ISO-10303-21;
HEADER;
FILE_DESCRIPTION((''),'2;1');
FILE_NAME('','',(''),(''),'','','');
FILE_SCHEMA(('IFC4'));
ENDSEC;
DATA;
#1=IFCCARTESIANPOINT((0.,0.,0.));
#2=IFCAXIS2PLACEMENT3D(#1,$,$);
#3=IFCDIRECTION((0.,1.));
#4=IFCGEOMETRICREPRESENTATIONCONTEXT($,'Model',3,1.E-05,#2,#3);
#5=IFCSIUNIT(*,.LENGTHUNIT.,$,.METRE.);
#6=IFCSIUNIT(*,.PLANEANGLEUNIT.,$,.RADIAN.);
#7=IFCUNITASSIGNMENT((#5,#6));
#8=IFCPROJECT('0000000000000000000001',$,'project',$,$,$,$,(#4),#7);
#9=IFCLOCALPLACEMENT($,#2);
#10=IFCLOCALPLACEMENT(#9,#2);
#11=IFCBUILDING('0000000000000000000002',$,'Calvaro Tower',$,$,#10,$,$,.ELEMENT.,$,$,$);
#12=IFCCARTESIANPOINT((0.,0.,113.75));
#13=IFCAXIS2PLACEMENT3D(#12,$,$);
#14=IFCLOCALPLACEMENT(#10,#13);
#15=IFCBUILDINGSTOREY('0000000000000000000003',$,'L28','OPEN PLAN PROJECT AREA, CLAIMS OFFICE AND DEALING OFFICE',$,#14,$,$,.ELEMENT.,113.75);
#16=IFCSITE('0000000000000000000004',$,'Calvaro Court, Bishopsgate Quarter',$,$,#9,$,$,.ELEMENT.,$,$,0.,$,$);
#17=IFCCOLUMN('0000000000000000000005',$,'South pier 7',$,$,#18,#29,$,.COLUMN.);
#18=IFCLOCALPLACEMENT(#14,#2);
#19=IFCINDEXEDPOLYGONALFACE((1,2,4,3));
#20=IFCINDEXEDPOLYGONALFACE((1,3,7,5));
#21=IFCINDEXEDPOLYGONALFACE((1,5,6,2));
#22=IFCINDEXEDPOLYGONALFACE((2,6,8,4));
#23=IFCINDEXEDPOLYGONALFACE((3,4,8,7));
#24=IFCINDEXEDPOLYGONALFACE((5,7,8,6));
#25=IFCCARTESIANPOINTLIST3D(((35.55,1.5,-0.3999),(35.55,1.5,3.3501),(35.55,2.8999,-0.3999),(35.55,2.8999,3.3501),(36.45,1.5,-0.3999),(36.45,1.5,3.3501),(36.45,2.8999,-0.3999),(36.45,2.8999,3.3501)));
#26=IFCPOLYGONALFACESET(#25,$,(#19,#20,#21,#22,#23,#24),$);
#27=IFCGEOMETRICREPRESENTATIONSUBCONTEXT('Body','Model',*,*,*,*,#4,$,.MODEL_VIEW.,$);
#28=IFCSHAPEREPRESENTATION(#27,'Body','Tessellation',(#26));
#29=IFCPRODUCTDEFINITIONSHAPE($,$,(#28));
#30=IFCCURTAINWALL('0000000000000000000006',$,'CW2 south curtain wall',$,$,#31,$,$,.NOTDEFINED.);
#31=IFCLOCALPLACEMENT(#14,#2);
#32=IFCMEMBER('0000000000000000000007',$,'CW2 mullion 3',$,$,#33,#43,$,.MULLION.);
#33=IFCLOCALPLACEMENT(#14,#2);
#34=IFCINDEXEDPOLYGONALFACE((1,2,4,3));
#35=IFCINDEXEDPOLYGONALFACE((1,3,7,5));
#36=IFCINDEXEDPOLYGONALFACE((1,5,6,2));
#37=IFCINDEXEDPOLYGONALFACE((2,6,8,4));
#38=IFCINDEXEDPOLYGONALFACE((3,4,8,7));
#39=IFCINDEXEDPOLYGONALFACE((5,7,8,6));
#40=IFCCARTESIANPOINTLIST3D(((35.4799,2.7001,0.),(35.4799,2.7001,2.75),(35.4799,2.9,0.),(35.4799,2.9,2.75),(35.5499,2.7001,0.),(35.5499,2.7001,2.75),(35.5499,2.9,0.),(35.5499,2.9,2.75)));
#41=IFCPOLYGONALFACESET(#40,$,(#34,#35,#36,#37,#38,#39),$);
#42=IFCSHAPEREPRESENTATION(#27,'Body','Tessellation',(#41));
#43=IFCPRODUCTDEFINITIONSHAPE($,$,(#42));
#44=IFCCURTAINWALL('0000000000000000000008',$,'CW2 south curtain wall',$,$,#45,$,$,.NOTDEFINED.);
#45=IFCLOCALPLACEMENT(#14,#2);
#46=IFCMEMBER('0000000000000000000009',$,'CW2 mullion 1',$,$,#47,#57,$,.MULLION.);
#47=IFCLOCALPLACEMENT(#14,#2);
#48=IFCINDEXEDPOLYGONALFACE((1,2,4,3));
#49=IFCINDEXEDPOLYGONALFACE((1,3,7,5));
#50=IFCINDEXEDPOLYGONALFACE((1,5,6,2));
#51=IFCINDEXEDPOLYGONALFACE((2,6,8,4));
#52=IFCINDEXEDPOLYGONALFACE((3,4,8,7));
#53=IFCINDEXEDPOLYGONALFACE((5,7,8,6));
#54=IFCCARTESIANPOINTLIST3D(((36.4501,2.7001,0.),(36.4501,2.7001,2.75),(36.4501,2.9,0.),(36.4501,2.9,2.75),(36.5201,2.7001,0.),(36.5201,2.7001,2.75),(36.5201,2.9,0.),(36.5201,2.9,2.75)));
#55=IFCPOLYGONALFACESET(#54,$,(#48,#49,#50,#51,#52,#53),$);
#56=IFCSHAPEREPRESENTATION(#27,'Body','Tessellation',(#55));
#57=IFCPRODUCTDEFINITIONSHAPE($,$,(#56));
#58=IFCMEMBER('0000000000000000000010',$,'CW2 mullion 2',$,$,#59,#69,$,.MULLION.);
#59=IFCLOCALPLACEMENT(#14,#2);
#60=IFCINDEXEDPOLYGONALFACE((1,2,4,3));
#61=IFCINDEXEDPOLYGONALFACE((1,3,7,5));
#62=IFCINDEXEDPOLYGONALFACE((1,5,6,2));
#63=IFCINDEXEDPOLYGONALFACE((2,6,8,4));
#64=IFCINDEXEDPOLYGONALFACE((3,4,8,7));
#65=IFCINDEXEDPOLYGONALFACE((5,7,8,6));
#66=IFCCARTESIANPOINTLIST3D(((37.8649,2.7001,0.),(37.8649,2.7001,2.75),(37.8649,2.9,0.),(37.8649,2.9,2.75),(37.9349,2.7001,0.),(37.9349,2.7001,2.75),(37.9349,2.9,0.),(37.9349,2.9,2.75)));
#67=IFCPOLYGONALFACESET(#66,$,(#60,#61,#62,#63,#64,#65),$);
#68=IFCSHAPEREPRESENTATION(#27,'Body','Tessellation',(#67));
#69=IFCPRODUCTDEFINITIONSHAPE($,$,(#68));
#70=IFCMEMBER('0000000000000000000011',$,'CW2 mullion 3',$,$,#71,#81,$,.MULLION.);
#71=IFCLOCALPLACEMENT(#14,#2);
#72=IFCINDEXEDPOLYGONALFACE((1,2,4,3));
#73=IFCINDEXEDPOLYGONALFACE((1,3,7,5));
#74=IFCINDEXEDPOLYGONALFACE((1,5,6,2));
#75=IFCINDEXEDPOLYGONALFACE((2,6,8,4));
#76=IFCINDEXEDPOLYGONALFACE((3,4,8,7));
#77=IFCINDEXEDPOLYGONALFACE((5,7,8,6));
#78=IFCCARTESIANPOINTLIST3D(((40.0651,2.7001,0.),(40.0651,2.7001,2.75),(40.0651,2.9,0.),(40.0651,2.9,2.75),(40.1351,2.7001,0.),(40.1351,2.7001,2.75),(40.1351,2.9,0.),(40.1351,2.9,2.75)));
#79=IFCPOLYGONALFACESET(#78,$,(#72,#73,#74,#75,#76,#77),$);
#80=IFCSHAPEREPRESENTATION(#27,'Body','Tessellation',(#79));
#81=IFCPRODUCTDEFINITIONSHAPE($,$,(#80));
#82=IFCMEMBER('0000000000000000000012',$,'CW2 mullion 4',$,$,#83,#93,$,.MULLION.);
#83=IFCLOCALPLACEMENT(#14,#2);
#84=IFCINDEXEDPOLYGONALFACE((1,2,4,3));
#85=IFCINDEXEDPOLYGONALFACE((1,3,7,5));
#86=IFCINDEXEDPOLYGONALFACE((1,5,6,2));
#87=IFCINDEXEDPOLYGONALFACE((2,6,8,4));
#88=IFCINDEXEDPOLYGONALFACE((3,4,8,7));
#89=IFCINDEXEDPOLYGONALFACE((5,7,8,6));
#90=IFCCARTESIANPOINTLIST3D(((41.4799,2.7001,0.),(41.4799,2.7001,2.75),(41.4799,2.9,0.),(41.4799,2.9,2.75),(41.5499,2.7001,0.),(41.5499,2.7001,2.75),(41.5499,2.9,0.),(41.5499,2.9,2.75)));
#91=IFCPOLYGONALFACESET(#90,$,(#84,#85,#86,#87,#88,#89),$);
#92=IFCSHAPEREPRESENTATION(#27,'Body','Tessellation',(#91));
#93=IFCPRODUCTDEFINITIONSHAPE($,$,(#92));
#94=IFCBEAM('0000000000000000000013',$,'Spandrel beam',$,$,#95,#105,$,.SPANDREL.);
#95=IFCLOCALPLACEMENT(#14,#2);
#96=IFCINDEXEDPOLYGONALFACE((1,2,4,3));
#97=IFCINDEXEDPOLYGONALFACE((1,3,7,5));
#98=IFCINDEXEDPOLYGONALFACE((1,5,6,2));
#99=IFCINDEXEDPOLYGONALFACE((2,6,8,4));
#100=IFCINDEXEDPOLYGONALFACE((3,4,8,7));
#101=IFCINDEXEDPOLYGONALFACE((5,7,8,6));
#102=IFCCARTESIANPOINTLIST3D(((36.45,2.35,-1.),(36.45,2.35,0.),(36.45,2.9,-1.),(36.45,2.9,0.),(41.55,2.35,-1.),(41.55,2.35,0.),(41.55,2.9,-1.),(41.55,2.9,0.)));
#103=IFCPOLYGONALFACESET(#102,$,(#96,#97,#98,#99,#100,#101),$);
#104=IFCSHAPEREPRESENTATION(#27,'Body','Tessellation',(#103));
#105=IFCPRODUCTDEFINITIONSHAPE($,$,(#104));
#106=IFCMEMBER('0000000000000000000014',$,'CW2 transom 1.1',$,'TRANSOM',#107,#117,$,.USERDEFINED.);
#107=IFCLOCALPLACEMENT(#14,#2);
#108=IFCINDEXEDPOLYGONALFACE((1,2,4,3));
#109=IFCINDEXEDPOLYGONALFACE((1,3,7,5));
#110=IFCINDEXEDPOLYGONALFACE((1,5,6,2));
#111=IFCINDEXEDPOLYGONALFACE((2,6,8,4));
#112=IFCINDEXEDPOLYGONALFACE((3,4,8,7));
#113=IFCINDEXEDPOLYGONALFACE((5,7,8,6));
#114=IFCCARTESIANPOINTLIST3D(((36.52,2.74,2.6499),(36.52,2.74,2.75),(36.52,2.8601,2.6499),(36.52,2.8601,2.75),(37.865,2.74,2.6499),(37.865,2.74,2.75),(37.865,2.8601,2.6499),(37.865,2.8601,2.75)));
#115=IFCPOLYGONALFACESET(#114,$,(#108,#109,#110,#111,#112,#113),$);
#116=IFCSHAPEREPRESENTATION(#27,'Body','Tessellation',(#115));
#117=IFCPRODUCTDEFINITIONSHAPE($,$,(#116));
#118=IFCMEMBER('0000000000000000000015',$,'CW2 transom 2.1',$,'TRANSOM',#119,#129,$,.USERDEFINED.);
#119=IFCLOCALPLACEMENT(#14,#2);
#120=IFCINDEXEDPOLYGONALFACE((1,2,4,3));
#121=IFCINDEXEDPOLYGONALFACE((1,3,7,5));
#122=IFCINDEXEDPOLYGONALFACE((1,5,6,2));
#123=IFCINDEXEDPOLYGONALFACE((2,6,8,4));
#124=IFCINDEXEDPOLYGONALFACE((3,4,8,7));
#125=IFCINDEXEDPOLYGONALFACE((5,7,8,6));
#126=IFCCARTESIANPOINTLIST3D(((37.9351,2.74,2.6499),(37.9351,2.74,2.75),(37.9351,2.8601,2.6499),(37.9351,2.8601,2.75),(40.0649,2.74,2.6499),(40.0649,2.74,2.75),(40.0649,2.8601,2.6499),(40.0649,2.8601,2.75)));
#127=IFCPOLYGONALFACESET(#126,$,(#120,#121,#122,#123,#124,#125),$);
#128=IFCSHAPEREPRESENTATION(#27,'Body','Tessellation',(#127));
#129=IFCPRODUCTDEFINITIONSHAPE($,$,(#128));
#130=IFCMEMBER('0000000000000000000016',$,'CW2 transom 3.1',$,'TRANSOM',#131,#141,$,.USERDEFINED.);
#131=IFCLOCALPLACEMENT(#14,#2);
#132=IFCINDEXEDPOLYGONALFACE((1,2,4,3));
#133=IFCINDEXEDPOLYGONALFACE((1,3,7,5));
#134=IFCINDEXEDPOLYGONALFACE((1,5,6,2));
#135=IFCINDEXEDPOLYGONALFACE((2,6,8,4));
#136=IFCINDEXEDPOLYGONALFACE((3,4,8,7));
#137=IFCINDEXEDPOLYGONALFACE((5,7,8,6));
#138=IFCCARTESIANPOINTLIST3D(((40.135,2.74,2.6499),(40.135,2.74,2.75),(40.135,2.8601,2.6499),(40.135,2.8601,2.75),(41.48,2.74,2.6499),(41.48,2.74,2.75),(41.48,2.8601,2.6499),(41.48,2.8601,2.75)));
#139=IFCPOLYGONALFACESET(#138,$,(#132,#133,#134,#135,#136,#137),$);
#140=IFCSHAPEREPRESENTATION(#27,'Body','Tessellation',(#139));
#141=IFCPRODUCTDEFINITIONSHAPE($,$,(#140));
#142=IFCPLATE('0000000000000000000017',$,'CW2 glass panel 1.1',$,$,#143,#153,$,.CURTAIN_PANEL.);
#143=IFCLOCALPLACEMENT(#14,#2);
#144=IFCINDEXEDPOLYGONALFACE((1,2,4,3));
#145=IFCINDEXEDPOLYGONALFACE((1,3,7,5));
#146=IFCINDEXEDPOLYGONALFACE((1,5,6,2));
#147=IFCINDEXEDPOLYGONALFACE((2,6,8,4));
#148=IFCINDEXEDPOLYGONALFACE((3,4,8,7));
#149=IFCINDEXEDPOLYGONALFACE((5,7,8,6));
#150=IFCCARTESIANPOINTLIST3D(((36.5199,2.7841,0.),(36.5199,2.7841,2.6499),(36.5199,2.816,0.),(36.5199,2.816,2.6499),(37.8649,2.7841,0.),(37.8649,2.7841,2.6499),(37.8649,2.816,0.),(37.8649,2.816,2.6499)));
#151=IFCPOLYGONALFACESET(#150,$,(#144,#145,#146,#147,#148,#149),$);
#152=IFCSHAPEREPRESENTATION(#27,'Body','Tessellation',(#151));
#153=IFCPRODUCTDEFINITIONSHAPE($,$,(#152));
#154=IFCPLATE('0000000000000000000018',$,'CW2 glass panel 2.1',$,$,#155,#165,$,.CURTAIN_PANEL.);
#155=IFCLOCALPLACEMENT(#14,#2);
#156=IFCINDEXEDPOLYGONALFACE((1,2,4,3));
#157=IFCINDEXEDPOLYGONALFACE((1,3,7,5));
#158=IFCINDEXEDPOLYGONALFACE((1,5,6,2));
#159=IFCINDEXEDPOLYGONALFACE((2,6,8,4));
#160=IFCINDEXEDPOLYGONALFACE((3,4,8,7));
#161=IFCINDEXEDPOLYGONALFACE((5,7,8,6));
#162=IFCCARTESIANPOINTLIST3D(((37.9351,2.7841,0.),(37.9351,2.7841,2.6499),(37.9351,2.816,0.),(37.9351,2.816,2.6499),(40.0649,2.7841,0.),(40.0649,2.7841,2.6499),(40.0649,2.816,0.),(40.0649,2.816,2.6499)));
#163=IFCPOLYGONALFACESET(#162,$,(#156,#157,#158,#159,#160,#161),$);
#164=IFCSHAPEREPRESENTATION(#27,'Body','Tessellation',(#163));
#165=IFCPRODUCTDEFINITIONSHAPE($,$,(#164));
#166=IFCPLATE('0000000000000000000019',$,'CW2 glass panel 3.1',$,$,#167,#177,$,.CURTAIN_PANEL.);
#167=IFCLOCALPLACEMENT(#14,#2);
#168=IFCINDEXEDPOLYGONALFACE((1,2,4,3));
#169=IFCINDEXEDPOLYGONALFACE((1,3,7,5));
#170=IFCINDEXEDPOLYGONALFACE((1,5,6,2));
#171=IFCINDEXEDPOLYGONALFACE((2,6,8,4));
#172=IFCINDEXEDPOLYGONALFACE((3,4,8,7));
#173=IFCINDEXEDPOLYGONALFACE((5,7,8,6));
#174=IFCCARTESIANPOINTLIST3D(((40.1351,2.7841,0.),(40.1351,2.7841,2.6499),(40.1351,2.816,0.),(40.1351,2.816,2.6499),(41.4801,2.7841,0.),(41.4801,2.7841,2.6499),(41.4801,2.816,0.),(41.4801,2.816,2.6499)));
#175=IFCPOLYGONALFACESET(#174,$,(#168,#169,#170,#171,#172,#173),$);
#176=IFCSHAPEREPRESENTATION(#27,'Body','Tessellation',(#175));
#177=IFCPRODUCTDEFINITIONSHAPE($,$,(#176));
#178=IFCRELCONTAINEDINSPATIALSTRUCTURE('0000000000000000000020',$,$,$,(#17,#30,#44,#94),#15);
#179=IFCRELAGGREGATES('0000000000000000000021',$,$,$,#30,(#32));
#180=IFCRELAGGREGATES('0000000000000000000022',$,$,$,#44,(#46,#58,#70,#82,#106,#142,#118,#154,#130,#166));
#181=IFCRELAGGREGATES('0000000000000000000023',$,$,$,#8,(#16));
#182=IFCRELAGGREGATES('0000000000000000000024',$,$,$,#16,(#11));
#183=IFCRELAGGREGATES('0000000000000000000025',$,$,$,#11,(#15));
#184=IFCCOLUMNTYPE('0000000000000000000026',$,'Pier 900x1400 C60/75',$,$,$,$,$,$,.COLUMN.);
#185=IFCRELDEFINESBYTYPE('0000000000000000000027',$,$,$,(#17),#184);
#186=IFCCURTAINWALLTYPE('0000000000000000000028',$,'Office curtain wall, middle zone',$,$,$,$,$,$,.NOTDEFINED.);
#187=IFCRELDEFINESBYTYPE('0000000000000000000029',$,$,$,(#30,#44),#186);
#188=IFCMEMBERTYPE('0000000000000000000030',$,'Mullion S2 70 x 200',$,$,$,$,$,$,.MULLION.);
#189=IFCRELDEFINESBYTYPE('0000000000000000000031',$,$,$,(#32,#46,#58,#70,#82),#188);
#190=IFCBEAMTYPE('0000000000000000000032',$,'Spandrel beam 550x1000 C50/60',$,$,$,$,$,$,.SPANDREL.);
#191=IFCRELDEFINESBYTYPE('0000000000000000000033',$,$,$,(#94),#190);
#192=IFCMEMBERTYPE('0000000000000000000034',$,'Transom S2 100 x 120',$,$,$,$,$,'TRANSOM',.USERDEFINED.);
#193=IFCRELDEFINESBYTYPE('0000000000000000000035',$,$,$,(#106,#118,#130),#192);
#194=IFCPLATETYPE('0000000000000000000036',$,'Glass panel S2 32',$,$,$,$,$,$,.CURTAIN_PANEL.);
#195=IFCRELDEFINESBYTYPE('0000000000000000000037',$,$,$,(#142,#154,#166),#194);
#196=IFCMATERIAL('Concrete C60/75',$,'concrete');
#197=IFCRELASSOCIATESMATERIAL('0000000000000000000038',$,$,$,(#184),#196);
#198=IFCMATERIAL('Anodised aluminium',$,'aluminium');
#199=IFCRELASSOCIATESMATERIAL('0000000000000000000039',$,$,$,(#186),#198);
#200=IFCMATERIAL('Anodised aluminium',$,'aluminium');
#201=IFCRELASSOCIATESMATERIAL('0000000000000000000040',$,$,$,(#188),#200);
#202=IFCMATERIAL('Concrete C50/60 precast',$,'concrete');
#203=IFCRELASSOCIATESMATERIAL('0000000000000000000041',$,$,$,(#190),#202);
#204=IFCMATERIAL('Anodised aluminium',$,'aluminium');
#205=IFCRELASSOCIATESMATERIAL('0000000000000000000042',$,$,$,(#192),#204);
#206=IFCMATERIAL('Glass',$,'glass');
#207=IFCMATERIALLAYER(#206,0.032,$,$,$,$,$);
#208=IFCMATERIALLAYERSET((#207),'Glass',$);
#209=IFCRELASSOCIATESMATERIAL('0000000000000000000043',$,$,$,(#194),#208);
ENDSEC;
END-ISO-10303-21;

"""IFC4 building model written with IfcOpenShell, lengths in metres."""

from ifc_helpers import new_model, si_unit, direction, frame, origin, origin_2d, place, context, subcontext, project, spatial, rectangle, extrude, material, layer, layer_set, material_profile, profile_set, type_object, element, aggregate, save


model = new_model("IFC4")

# Units and contexts
model_context = context("Model", 3, precision=1e-05, world=origin(), true_north=direction((0.0, 1.0)))
body_context = subcontext(model_context, "Body", "Model", "MODEL_VIEW")
ifc_project = project(units=[si_unit("LENGTHUNIT", "METRE"), si_unit("PLANEANGLEUNIT", "RADIAN")], contexts=[model_context])

# Site, building, storey
site_placement = place(None, origin())
site = spatial("IfcSite", under=ifc_project, at=site_placement, Name="Calvaro Court, Bishopsgate Quarter", CompositionType="ELEMENT", RefElevation=0.0)
building_placement = place(site_placement, origin())
building = spatial("IfcBuilding", under=site, at=building_placement, Name="Calvaro Tower", CompositionType="ELEMENT")
storey_placement = place(building_placement, frame((0.0, 0.0, 113.75)))
storey = spatial("IfcBuildingStorey", under=building, at=storey_placement, Name="L28", Description="OPEN PLAN PROJECT AREA, CLAIMS OFFICE AND DEALING OFFICE", CompositionType="ELEMENT", Elevation=113.75)

# Column
ifc_material_1 = material(Name="Concrete C60/75", Category="concrete")
ifc_material_profile_1 = material_profile(ifc_material_1, rectangle(XDim=0.8999, YDim=1.3999, at=origin_2d()), Name="RC 900x1400")
ifc_profile_set_1 = profile_set([ifc_material_profile_1], Name="Concrete C60/75")
column_type = type_object("IfcColumnType", Name="Pier 900x1400 C60/75", PredefinedType="COLUMN", material=ifc_profile_set_1)
column_placement = place(storey_placement, frame((36.0, 2.2, -0.3999), z_axis=(0.0, 0.0, 1.0), x_axis=(1.0, 0.0, 0.0)))
element("IfcColumn", 1, at=column_placement, inside=storey, type_object=column_type, Name="South pier 7", PredefinedType="COLUMN", context=body_context, shape_type="SweptSolid", body=[
    extrude(rectangle(XDim=0.8999, YDim=1.3999, at=origin_2d()), origin(), (0.0, 0.0, 1.0), 3.75),
])

# Curtain wall, member
ifc_material_2 = material(Name="Anodised aluminium", Category="aluminium")
curtain_wall_type = type_object("IfcCurtainWallType", Name="Office curtain wall, middle zone", PredefinedType="NOTDEFINED", material=ifc_material_2)
curtain_wall_1_placement = place(storey_placement, origin())
curtain_wall_1 = element("IfcCurtainWall", 2, at=curtain_wall_1_placement, inside=storey, type_object=curtain_wall_type, Name="CW2 south curtain wall", PredefinedType="NOTDEFINED")
ifc_material_3 = material(Name="Anodised aluminium", Category="aluminium")
ifc_material_profile_2 = material_profile(ifc_material_3, rectangle(XDim=0.2, YDim=0.0701, at=origin_2d()), Name="Mullion S2 70 x 200")
ifc_profile_set_2 = profile_set([ifc_material_profile_2], Name="Anodised aluminium")
member_type_1 = type_object("IfcMemberType", Name="Mullion S2 70 x 200", PredefinedType="MULLION", material=ifc_profile_set_2)
member_1_placement = place(storey_placement, frame((35.5149, 2.8, 0.0), z_axis=(0.0, 0.0, 1.0), x_axis=(0.0, 1.0, 0.0)))
member_1 = element("IfcMember", 3, at=member_1_placement, type_object=member_type_1, Name="CW2 mullion 3", PredefinedType="MULLION", context=body_context, shape_type="SweptSolid", body=[
    extrude(rectangle(XDim=0.2, YDim=0.0701, at=origin_2d()), origin(), (0.0, 0.0, 1.0), 2.75),
])
aggregate(curtain_wall_1, [member_1])

# Curtain wall, members
curtain_wall_2_placement = place(storey_placement, origin())
curtain_wall_2 = element("IfcCurtainWall", 4, at=curtain_wall_2_placement, inside=storey, type_object=curtain_wall_type, Name="CW2 south curtain wall", PredefinedType="NOTDEFINED")
member_2_placement = place(storey_placement, frame((36.4851, 2.8, 0.0), z_axis=(0.0, 0.0, 1.0), x_axis=(0.0, 1.0, 0.0)))
member_2 = element("IfcMember", 5, at=member_2_placement, type_object=member_type_1, Name="CW2 mullion 1", PredefinedType="MULLION", context=body_context, shape_type="SweptSolid", body=[
    extrude(rectangle(XDim=0.2, YDim=0.0701, at=origin_2d()), origin(), (0.0, 0.0, 1.0), 2.75),
])
member_3_placement = place(storey_placement, frame((37.8999, 2.8, 0.0), z_axis=(0.0, 0.0, 1.0), x_axis=(0.0, 1.0, 0.0)))
member_3 = element("IfcMember", 6, at=member_3_placement, type_object=member_type_1, Name="CW2 mullion 2", PredefinedType="MULLION", context=body_context, shape_type="SweptSolid", body=[
    extrude(rectangle(XDim=0.2, YDim=0.0701, at=origin_2d()), origin(), (0.0, 0.0, 1.0), 2.75),
])
member_4_placement = place(storey_placement, frame((40.1001, 2.8, 0.0), z_axis=(0.0, 0.0, 1.0), x_axis=(0.0, 1.0, 0.0)))
member_4 = element("IfcMember", 7, at=member_4_placement, type_object=member_type_1, Name="CW2 mullion 3", PredefinedType="MULLION", context=body_context, shape_type="SweptSolid", body=[
    extrude(rectangle(XDim=0.2, YDim=0.0701, at=origin_2d()), origin(), (0.0, 0.0, 1.0), 2.75),
])
member_5_placement = place(storey_placement, frame((41.5149, 2.8, 0.0), z_axis=(0.0, 0.0, 1.0), x_axis=(0.0, 1.0, 0.0)))
member_5 = element("IfcMember", 8, at=member_5_placement, type_object=member_type_1, Name="CW2 mullion 4", PredefinedType="MULLION", context=body_context, shape_type="SweptSolid", body=[
    extrude(rectangle(XDim=0.2, YDim=0.0701, at=origin_2d()), origin(), (0.0, 0.0, 1.0), 2.75),
])

# Beam
ifc_material_4 = material(Name="Concrete C50/60 precast", Category="concrete")
ifc_material_profile_3 = material_profile(ifc_material_4, rectangle(XDim=0.55, YDim=1.0, at=origin_2d()), Name="RC 550x1000")
ifc_profile_set_3 = profile_set([ifc_material_profile_3], Name="Concrete C50/60 precast")
beam_type = type_object("IfcBeamType", Name="Spandrel beam 550x1000 C50/60", PredefinedType="SPANDREL", material=ifc_profile_set_3)
beam_placement = place(storey_placement, frame((36.45, 2.625, -0.5), z_axis=(1.0, 0.0, 0.0), x_axis=(0.0, 1.0, 0.0)))
element("IfcBeam", 9, at=beam_placement, inside=storey, type_object=beam_type, Name="Spandrel beam", PredefinedType="SPANDREL", context=body_context, shape_type="SweptSolid", body=[
    extrude(rectangle(XDim=0.55, YDim=1.0, at=origin_2d()), origin(), (0.0, 0.0, 1.0), 5.1001),
])

# Members
ifc_material_5 = material(Name="Anodised aluminium", Category="aluminium")
ifc_material_profile_4 = material_profile(ifc_material_5, rectangle(XDim=0.1201, YDim=0.1001, at=origin_2d()), Name="Transom S2 100 x 120")
ifc_profile_set_4 = profile_set([ifc_material_profile_4], Name="Anodised aluminium")
member_type_2 = type_object("IfcMemberType", Name="Transom S2 100 x 120", ElementType="TRANSOM", PredefinedType="USERDEFINED", material=ifc_profile_set_4)
member_6_placement = place(storey_placement, frame((36.52, 2.8, 2.7), z_axis=(1.0, 0.0, 0.0), x_axis=(0.0, 1.0, 0.0)))
member_6 = element("IfcMember", 10, at=member_6_placement, type_object=member_type_2, Name="CW2 transom 1.1", ObjectType="TRANSOM", PredefinedType="USERDEFINED", context=body_context, shape_type="SweptSolid", body=[
    extrude(rectangle(XDim=0.1201, YDim=0.1001, at=origin_2d()), origin(), (0.0, 0.0, 1.0), 1.345),
])
member_7_placement = place(storey_placement, frame((37.9351, 2.8, 2.7), z_axis=(1.0, 0.0, 0.0), x_axis=(0.0, 1.0, 0.0)))
member_7 = element("IfcMember", 11, at=member_7_placement, type_object=member_type_2, Name="CW2 transom 2.1", ObjectType="TRANSOM", PredefinedType="USERDEFINED", context=body_context, shape_type="SweptSolid", body=[
    extrude(rectangle(XDim=0.1201, YDim=0.1001, at=origin_2d()), origin(), (0.0, 0.0, 1.0), 2.1299),
])
member_8_placement = place(storey_placement, frame((40.135, 2.8, 2.7), z_axis=(1.0, 0.0, 0.0), x_axis=(0.0, 1.0, 0.0)))
member_8 = element("IfcMember", 12, at=member_8_placement, type_object=member_type_2, Name="CW2 transom 3.1", ObjectType="TRANSOM", PredefinedType="USERDEFINED", context=body_context, shape_type="SweptSolid", body=[
    extrude(rectangle(XDim=0.1201, YDim=0.1001, at=origin_2d()), origin(), (0.0, 0.0, 1.0), 1.345),
])

# Plates
ifc_material_6 = material(Name="Glass", Category="glass")
ifc_layer_1 = layer(ifc_material_6, 0.032)
ifc_layer_set_1 = layer_set([ifc_layer_1], Name="Glass")
plate_type = type_object("IfcPlateType", Name="Glass panel S2 32", PredefinedType="CURTAIN_PANEL", material=ifc_layer_set_1)
plate_1_placement = place(storey_placement, frame((37.1924, 2.8, 0.0), z_axis=(0.0, 0.0, 1.0), x_axis=(1.0, 0.0, 0.0)))
plate_1 = element("IfcPlate", 13, at=plate_1_placement, type_object=plate_type, Name="CW2 glass panel 1.1", PredefinedType="CURTAIN_PANEL", context=body_context, shape_type="SweptSolid", body=[
    extrude(rectangle(XDim=1.345, YDim=0.032, at=origin_2d()), origin(), (0.0, 0.0, 1.0), 2.6499),
])
plate_2_placement = place(storey_placement, frame((39.0, 2.8, 0.0), z_axis=(0.0, 0.0, 1.0), x_axis=(1.0, 0.0, 0.0)))
plate_2 = element("IfcPlate", 14, at=plate_2_placement, type_object=plate_type, Name="CW2 glass panel 2.1", PredefinedType="CURTAIN_PANEL", context=body_context, shape_type="SweptSolid", body=[
    extrude(rectangle(XDim=2.1299, YDim=0.032, at=origin_2d()), origin(), (0.0, 0.0, 1.0), 2.6499),
])
plate_3_placement = place(storey_placement, frame((40.8076, 2.8, 0.0), z_axis=(0.0, 0.0, 1.0), x_axis=(1.0, 0.0, 0.0)))
plate_3 = element("IfcPlate", 15, at=plate_3_placement, type_object=plate_type, Name="CW2 glass panel 3.1", PredefinedType="CURTAIN_PANEL", context=body_context, shape_type="SweptSolid", body=[
    extrude(rectangle(XDim=1.345, YDim=0.032, at=origin_2d()), origin(), (0.0, 0.0, 1.0), 2.6499),
])
aggregate(curtain_wall_2, [member_2, member_3, member_4, member_5, member_6, plate_1, member_7, plate_2, member_8, plate_3])

save(model, "model.ifc")
